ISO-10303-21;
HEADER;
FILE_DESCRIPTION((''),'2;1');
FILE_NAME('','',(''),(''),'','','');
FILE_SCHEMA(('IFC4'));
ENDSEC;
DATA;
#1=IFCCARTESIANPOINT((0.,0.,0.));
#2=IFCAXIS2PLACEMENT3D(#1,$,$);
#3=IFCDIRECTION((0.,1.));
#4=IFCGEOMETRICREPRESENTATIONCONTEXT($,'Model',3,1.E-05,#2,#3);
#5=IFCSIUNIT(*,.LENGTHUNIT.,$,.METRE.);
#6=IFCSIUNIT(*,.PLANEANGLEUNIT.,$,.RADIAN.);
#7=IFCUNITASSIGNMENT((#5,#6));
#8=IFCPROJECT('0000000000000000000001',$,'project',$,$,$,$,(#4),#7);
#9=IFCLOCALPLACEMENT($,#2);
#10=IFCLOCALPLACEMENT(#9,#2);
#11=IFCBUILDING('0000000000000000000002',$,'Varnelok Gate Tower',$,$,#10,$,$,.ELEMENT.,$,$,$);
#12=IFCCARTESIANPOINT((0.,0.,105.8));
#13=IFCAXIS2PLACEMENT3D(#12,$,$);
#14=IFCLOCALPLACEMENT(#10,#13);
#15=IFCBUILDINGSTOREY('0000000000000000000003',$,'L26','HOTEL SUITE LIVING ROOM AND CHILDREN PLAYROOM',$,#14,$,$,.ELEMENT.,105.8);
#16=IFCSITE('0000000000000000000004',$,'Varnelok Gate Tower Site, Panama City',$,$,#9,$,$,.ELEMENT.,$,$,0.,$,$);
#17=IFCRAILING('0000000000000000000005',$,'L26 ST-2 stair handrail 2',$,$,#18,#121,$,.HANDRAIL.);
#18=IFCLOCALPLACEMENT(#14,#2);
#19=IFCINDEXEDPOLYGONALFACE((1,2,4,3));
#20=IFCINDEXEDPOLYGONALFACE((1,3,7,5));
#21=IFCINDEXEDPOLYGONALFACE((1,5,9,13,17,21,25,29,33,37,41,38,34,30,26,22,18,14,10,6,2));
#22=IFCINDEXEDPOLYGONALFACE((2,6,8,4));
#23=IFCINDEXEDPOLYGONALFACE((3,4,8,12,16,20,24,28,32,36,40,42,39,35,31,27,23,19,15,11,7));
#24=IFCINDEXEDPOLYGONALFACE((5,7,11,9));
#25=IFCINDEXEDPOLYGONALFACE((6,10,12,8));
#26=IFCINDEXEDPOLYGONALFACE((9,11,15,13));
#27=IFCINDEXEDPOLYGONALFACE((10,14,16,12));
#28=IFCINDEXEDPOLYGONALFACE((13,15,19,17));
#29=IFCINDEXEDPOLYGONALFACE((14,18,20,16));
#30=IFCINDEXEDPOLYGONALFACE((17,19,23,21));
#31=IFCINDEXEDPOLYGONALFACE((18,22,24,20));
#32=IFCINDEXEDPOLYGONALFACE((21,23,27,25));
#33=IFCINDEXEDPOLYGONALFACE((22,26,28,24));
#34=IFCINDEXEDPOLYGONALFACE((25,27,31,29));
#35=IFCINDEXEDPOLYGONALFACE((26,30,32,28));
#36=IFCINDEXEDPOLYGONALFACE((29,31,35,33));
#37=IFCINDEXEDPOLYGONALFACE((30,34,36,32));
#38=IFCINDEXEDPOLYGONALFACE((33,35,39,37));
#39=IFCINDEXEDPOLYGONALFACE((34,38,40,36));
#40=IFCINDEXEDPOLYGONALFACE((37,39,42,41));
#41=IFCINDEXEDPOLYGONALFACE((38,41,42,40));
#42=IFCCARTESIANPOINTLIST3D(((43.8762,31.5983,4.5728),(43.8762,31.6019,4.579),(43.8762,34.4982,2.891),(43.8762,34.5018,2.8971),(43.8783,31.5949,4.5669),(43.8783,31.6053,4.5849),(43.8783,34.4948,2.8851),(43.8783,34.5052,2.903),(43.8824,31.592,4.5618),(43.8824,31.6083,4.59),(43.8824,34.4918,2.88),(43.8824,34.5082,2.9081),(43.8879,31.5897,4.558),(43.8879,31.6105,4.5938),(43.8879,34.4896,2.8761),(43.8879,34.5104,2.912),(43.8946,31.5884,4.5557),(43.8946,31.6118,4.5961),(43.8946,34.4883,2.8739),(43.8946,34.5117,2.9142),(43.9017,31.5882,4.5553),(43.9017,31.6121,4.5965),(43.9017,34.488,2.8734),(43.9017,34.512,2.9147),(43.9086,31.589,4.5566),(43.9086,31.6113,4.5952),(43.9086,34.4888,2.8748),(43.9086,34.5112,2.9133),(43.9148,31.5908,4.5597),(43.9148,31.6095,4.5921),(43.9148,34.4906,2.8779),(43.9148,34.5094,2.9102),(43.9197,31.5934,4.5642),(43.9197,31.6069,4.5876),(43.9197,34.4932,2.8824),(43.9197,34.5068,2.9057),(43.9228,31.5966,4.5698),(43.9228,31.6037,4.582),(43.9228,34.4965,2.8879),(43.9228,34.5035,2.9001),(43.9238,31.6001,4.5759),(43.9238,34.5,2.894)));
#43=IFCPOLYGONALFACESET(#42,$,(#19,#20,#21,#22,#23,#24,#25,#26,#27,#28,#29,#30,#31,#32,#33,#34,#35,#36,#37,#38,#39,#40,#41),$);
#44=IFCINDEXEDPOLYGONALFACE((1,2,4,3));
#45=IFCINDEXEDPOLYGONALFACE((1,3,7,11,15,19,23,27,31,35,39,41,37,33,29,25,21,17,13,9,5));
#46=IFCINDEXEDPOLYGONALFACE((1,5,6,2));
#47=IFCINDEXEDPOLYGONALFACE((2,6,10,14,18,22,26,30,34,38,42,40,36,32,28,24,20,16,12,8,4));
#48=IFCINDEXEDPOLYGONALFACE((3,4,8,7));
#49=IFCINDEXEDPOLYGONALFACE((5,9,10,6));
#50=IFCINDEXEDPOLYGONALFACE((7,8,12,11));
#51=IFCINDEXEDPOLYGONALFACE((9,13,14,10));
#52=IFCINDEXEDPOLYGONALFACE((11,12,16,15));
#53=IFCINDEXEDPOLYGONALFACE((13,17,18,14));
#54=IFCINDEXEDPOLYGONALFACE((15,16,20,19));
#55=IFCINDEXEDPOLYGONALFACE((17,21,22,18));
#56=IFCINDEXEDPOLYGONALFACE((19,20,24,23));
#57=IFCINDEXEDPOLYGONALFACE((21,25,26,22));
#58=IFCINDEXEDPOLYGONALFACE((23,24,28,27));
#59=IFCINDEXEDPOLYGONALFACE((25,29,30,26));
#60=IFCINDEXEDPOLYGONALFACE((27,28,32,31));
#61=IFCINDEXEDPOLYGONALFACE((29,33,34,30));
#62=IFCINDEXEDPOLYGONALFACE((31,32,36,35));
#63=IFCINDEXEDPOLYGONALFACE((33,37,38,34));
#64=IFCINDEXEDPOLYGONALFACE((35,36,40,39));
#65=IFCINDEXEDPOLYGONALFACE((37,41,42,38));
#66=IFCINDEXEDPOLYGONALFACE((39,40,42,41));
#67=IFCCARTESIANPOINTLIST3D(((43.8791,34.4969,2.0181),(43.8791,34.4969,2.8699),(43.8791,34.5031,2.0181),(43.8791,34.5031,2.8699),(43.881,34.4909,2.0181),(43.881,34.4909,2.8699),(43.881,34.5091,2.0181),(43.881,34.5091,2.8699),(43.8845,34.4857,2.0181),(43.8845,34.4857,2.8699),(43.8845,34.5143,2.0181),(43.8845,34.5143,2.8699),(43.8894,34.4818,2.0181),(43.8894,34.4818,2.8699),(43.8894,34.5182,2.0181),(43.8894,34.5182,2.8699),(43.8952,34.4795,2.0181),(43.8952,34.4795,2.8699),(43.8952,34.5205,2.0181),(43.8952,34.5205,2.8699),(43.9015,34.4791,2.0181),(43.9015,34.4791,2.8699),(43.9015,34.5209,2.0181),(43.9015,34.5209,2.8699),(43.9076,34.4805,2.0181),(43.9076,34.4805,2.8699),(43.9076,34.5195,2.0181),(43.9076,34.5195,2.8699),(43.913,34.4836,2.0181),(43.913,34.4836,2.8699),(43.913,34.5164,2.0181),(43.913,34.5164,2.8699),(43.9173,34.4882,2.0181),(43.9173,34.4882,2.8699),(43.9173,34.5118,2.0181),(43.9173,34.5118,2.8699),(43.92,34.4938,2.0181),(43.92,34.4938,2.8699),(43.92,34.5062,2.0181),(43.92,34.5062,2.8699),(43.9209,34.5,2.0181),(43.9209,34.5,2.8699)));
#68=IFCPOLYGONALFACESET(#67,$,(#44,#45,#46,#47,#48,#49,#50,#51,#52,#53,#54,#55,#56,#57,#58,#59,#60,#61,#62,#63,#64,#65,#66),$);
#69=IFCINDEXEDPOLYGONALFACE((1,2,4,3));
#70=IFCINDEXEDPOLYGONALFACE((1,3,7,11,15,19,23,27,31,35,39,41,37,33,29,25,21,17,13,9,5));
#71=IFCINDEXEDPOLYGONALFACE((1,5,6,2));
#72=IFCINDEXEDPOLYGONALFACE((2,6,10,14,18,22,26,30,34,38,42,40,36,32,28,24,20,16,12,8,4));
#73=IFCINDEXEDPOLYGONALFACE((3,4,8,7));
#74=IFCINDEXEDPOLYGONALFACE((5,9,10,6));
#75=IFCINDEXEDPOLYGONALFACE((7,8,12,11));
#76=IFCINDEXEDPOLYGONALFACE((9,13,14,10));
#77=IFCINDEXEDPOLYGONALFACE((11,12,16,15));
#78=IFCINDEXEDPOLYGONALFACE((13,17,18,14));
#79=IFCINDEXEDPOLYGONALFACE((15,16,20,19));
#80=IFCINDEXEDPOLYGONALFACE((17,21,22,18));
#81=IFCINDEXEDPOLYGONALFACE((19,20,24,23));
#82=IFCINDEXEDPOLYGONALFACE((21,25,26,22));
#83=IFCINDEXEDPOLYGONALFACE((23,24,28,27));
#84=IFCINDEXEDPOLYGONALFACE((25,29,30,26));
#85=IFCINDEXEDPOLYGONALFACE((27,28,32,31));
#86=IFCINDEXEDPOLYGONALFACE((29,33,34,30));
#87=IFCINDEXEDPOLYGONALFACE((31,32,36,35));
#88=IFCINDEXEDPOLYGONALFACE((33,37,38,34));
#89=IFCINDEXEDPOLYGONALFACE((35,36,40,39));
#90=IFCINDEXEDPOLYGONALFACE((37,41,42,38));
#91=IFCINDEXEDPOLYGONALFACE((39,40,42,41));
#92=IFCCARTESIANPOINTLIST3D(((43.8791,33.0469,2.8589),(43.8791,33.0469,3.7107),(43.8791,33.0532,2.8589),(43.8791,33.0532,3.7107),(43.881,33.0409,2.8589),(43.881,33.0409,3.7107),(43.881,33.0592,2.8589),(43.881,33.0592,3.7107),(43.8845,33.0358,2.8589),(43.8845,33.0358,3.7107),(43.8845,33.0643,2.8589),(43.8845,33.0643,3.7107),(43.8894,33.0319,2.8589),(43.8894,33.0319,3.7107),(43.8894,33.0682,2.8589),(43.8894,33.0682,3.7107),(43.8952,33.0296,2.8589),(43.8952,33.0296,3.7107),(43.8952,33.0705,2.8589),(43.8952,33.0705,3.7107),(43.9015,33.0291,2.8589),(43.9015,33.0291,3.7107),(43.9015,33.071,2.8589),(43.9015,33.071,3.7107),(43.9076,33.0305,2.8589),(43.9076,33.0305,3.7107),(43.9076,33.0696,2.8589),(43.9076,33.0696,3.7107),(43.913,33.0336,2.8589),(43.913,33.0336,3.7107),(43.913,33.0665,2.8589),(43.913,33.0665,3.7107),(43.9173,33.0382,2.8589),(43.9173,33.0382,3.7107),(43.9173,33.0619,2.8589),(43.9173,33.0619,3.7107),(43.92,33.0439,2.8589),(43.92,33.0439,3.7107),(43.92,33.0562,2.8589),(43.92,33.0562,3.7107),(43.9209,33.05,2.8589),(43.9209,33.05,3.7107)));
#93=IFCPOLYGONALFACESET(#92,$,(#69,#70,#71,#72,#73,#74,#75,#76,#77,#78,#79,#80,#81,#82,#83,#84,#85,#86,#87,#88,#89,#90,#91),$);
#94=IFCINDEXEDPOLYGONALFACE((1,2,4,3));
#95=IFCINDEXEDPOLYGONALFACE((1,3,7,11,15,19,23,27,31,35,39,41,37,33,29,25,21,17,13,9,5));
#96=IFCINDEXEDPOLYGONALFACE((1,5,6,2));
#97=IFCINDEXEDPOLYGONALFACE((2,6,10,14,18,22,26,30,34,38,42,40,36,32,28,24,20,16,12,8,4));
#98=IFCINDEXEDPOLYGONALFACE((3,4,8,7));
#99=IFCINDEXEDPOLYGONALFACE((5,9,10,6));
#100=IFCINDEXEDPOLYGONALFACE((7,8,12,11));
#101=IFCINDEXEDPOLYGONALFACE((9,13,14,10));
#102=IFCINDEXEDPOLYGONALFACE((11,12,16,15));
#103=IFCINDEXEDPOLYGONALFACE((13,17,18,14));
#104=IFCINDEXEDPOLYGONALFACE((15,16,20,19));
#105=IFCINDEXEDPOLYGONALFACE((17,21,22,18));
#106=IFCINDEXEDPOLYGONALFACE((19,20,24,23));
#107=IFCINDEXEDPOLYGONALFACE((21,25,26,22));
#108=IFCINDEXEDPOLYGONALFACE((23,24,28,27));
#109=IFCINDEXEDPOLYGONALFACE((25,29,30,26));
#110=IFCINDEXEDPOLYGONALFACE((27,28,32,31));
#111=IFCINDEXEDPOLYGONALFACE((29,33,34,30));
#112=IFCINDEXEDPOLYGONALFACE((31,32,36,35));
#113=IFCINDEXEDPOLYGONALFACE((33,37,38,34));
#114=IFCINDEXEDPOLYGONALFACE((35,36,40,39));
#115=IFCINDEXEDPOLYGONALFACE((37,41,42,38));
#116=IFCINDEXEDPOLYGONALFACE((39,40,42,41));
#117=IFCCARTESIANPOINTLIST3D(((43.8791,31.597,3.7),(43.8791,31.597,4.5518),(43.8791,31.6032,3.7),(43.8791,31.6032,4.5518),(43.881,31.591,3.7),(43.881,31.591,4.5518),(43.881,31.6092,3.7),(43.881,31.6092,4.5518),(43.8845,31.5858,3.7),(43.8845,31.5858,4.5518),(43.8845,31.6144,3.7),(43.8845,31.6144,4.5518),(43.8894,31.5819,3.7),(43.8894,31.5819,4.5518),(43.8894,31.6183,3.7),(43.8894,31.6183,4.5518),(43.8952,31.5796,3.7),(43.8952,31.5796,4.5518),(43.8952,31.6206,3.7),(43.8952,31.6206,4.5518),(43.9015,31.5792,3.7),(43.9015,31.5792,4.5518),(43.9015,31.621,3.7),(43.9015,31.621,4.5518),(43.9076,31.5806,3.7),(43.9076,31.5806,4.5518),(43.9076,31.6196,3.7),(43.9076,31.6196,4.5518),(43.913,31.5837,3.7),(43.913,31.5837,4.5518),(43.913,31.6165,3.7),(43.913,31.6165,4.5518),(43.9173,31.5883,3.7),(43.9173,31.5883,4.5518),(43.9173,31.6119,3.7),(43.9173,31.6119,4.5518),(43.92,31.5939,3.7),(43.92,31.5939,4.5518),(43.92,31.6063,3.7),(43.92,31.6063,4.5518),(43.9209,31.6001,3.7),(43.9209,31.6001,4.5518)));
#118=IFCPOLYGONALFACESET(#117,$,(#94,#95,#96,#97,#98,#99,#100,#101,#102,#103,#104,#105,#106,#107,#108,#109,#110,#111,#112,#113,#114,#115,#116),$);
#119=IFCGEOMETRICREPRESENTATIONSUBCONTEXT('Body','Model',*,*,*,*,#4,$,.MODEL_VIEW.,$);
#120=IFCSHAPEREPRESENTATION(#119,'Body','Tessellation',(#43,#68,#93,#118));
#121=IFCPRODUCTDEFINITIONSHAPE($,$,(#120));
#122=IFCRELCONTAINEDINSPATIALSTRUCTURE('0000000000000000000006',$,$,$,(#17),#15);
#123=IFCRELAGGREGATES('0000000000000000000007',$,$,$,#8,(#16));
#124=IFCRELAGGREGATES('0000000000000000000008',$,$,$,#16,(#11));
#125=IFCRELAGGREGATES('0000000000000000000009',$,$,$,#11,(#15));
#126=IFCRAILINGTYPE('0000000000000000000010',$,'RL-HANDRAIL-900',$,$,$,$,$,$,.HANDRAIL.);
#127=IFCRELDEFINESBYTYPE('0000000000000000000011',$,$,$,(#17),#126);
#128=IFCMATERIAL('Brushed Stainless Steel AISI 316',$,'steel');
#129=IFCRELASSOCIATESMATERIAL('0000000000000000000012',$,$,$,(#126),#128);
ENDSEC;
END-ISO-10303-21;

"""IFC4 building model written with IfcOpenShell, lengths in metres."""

from ifc_helpers import new_model, si_unit, direction, frame, origin, origin_2d, place, context, subcontext, project, spatial, circle, extrude, material, type_object, element, save


model = new_model("IFC4")

# Units and contexts
model_context = context("Model", 3, precision=1e-05, world=origin(), true_north=direction((0.0, 1.0)))
body_context = subcontext(model_context, "Body", "Model", "MODEL_VIEW")
ifc_project = project(units=[si_unit("LENGTHUNIT", "METRE"), si_unit("PLANEANGLEUNIT", "RADIAN")], contexts=[model_context])

# Site, building, storey
site_placement = place(None, origin())
site = spatial("IfcSite", under=ifc_project, at=site_placement, Name="Varnelok Gate Tower Site, Panama City", CompositionType="ELEMENT", RefElevation=0.0)
building_placement = place(site_placement, origin())
building = spatial("IfcBuilding", under=site, at=building_placement, Name="Varnelok Gate Tower", CompositionType="ELEMENT")
storey_placement = place(building_placement, frame((0.0, 0.0, 105.8)))
storey = spatial("IfcBuildingStorey", under=building, at=storey_placement, Name="L26", Description="HOTEL SUITE LIVING ROOM AND CHILDREN PLAYROOM", CompositionType="ELEMENT", Elevation=105.8)

# Railing
ifc_material_1 = material(Name="Brushed Stainless Steel AISI 316", Category="steel")
railing_type_1 = type_object("IfcRailingType", Name="RL-HANDRAIL-900", PredefinedType="HANDRAIL", material=ifc_material_1)
railing_1_placement = place(storey_placement, frame((43.8999, 34.5, 2.0181)))
element("IfcRailing", 1, at=railing_1_placement, inside=storey, type_object=railing_type_1, Name="L26 ST-2 stair handrail 2", PredefinedType="HANDRAIL", context=body_context, shape_type="SweptSolid", body=[
    extrude(circle(Radius=0.0239, at=origin_2d()), frame((0.0, 0.0, 0.876), z_axis=(0.0, -0.865039, 0.501705), x_axis=(1.0, 0.0, 0.0)), (0.0, 0.0, 1.0), 3.3523),
    extrude(circle(Radius=0.021, at=origin_2d()), origin(), (0.0, 0.0, 1.0), 0.8518),
    extrude(circle(Radius=0.021, at=origin_2d()), frame((0.0, -1.45, 0.8408)), (0.0, 0.0, 1.0), 0.8518),
    extrude(circle(Radius=0.021, at=origin_2d()), frame((0.0, -2.8999, 1.6819)), (0.0, 0.0, 1.0), 0.8518),
])

save(model, "model.ifc")
